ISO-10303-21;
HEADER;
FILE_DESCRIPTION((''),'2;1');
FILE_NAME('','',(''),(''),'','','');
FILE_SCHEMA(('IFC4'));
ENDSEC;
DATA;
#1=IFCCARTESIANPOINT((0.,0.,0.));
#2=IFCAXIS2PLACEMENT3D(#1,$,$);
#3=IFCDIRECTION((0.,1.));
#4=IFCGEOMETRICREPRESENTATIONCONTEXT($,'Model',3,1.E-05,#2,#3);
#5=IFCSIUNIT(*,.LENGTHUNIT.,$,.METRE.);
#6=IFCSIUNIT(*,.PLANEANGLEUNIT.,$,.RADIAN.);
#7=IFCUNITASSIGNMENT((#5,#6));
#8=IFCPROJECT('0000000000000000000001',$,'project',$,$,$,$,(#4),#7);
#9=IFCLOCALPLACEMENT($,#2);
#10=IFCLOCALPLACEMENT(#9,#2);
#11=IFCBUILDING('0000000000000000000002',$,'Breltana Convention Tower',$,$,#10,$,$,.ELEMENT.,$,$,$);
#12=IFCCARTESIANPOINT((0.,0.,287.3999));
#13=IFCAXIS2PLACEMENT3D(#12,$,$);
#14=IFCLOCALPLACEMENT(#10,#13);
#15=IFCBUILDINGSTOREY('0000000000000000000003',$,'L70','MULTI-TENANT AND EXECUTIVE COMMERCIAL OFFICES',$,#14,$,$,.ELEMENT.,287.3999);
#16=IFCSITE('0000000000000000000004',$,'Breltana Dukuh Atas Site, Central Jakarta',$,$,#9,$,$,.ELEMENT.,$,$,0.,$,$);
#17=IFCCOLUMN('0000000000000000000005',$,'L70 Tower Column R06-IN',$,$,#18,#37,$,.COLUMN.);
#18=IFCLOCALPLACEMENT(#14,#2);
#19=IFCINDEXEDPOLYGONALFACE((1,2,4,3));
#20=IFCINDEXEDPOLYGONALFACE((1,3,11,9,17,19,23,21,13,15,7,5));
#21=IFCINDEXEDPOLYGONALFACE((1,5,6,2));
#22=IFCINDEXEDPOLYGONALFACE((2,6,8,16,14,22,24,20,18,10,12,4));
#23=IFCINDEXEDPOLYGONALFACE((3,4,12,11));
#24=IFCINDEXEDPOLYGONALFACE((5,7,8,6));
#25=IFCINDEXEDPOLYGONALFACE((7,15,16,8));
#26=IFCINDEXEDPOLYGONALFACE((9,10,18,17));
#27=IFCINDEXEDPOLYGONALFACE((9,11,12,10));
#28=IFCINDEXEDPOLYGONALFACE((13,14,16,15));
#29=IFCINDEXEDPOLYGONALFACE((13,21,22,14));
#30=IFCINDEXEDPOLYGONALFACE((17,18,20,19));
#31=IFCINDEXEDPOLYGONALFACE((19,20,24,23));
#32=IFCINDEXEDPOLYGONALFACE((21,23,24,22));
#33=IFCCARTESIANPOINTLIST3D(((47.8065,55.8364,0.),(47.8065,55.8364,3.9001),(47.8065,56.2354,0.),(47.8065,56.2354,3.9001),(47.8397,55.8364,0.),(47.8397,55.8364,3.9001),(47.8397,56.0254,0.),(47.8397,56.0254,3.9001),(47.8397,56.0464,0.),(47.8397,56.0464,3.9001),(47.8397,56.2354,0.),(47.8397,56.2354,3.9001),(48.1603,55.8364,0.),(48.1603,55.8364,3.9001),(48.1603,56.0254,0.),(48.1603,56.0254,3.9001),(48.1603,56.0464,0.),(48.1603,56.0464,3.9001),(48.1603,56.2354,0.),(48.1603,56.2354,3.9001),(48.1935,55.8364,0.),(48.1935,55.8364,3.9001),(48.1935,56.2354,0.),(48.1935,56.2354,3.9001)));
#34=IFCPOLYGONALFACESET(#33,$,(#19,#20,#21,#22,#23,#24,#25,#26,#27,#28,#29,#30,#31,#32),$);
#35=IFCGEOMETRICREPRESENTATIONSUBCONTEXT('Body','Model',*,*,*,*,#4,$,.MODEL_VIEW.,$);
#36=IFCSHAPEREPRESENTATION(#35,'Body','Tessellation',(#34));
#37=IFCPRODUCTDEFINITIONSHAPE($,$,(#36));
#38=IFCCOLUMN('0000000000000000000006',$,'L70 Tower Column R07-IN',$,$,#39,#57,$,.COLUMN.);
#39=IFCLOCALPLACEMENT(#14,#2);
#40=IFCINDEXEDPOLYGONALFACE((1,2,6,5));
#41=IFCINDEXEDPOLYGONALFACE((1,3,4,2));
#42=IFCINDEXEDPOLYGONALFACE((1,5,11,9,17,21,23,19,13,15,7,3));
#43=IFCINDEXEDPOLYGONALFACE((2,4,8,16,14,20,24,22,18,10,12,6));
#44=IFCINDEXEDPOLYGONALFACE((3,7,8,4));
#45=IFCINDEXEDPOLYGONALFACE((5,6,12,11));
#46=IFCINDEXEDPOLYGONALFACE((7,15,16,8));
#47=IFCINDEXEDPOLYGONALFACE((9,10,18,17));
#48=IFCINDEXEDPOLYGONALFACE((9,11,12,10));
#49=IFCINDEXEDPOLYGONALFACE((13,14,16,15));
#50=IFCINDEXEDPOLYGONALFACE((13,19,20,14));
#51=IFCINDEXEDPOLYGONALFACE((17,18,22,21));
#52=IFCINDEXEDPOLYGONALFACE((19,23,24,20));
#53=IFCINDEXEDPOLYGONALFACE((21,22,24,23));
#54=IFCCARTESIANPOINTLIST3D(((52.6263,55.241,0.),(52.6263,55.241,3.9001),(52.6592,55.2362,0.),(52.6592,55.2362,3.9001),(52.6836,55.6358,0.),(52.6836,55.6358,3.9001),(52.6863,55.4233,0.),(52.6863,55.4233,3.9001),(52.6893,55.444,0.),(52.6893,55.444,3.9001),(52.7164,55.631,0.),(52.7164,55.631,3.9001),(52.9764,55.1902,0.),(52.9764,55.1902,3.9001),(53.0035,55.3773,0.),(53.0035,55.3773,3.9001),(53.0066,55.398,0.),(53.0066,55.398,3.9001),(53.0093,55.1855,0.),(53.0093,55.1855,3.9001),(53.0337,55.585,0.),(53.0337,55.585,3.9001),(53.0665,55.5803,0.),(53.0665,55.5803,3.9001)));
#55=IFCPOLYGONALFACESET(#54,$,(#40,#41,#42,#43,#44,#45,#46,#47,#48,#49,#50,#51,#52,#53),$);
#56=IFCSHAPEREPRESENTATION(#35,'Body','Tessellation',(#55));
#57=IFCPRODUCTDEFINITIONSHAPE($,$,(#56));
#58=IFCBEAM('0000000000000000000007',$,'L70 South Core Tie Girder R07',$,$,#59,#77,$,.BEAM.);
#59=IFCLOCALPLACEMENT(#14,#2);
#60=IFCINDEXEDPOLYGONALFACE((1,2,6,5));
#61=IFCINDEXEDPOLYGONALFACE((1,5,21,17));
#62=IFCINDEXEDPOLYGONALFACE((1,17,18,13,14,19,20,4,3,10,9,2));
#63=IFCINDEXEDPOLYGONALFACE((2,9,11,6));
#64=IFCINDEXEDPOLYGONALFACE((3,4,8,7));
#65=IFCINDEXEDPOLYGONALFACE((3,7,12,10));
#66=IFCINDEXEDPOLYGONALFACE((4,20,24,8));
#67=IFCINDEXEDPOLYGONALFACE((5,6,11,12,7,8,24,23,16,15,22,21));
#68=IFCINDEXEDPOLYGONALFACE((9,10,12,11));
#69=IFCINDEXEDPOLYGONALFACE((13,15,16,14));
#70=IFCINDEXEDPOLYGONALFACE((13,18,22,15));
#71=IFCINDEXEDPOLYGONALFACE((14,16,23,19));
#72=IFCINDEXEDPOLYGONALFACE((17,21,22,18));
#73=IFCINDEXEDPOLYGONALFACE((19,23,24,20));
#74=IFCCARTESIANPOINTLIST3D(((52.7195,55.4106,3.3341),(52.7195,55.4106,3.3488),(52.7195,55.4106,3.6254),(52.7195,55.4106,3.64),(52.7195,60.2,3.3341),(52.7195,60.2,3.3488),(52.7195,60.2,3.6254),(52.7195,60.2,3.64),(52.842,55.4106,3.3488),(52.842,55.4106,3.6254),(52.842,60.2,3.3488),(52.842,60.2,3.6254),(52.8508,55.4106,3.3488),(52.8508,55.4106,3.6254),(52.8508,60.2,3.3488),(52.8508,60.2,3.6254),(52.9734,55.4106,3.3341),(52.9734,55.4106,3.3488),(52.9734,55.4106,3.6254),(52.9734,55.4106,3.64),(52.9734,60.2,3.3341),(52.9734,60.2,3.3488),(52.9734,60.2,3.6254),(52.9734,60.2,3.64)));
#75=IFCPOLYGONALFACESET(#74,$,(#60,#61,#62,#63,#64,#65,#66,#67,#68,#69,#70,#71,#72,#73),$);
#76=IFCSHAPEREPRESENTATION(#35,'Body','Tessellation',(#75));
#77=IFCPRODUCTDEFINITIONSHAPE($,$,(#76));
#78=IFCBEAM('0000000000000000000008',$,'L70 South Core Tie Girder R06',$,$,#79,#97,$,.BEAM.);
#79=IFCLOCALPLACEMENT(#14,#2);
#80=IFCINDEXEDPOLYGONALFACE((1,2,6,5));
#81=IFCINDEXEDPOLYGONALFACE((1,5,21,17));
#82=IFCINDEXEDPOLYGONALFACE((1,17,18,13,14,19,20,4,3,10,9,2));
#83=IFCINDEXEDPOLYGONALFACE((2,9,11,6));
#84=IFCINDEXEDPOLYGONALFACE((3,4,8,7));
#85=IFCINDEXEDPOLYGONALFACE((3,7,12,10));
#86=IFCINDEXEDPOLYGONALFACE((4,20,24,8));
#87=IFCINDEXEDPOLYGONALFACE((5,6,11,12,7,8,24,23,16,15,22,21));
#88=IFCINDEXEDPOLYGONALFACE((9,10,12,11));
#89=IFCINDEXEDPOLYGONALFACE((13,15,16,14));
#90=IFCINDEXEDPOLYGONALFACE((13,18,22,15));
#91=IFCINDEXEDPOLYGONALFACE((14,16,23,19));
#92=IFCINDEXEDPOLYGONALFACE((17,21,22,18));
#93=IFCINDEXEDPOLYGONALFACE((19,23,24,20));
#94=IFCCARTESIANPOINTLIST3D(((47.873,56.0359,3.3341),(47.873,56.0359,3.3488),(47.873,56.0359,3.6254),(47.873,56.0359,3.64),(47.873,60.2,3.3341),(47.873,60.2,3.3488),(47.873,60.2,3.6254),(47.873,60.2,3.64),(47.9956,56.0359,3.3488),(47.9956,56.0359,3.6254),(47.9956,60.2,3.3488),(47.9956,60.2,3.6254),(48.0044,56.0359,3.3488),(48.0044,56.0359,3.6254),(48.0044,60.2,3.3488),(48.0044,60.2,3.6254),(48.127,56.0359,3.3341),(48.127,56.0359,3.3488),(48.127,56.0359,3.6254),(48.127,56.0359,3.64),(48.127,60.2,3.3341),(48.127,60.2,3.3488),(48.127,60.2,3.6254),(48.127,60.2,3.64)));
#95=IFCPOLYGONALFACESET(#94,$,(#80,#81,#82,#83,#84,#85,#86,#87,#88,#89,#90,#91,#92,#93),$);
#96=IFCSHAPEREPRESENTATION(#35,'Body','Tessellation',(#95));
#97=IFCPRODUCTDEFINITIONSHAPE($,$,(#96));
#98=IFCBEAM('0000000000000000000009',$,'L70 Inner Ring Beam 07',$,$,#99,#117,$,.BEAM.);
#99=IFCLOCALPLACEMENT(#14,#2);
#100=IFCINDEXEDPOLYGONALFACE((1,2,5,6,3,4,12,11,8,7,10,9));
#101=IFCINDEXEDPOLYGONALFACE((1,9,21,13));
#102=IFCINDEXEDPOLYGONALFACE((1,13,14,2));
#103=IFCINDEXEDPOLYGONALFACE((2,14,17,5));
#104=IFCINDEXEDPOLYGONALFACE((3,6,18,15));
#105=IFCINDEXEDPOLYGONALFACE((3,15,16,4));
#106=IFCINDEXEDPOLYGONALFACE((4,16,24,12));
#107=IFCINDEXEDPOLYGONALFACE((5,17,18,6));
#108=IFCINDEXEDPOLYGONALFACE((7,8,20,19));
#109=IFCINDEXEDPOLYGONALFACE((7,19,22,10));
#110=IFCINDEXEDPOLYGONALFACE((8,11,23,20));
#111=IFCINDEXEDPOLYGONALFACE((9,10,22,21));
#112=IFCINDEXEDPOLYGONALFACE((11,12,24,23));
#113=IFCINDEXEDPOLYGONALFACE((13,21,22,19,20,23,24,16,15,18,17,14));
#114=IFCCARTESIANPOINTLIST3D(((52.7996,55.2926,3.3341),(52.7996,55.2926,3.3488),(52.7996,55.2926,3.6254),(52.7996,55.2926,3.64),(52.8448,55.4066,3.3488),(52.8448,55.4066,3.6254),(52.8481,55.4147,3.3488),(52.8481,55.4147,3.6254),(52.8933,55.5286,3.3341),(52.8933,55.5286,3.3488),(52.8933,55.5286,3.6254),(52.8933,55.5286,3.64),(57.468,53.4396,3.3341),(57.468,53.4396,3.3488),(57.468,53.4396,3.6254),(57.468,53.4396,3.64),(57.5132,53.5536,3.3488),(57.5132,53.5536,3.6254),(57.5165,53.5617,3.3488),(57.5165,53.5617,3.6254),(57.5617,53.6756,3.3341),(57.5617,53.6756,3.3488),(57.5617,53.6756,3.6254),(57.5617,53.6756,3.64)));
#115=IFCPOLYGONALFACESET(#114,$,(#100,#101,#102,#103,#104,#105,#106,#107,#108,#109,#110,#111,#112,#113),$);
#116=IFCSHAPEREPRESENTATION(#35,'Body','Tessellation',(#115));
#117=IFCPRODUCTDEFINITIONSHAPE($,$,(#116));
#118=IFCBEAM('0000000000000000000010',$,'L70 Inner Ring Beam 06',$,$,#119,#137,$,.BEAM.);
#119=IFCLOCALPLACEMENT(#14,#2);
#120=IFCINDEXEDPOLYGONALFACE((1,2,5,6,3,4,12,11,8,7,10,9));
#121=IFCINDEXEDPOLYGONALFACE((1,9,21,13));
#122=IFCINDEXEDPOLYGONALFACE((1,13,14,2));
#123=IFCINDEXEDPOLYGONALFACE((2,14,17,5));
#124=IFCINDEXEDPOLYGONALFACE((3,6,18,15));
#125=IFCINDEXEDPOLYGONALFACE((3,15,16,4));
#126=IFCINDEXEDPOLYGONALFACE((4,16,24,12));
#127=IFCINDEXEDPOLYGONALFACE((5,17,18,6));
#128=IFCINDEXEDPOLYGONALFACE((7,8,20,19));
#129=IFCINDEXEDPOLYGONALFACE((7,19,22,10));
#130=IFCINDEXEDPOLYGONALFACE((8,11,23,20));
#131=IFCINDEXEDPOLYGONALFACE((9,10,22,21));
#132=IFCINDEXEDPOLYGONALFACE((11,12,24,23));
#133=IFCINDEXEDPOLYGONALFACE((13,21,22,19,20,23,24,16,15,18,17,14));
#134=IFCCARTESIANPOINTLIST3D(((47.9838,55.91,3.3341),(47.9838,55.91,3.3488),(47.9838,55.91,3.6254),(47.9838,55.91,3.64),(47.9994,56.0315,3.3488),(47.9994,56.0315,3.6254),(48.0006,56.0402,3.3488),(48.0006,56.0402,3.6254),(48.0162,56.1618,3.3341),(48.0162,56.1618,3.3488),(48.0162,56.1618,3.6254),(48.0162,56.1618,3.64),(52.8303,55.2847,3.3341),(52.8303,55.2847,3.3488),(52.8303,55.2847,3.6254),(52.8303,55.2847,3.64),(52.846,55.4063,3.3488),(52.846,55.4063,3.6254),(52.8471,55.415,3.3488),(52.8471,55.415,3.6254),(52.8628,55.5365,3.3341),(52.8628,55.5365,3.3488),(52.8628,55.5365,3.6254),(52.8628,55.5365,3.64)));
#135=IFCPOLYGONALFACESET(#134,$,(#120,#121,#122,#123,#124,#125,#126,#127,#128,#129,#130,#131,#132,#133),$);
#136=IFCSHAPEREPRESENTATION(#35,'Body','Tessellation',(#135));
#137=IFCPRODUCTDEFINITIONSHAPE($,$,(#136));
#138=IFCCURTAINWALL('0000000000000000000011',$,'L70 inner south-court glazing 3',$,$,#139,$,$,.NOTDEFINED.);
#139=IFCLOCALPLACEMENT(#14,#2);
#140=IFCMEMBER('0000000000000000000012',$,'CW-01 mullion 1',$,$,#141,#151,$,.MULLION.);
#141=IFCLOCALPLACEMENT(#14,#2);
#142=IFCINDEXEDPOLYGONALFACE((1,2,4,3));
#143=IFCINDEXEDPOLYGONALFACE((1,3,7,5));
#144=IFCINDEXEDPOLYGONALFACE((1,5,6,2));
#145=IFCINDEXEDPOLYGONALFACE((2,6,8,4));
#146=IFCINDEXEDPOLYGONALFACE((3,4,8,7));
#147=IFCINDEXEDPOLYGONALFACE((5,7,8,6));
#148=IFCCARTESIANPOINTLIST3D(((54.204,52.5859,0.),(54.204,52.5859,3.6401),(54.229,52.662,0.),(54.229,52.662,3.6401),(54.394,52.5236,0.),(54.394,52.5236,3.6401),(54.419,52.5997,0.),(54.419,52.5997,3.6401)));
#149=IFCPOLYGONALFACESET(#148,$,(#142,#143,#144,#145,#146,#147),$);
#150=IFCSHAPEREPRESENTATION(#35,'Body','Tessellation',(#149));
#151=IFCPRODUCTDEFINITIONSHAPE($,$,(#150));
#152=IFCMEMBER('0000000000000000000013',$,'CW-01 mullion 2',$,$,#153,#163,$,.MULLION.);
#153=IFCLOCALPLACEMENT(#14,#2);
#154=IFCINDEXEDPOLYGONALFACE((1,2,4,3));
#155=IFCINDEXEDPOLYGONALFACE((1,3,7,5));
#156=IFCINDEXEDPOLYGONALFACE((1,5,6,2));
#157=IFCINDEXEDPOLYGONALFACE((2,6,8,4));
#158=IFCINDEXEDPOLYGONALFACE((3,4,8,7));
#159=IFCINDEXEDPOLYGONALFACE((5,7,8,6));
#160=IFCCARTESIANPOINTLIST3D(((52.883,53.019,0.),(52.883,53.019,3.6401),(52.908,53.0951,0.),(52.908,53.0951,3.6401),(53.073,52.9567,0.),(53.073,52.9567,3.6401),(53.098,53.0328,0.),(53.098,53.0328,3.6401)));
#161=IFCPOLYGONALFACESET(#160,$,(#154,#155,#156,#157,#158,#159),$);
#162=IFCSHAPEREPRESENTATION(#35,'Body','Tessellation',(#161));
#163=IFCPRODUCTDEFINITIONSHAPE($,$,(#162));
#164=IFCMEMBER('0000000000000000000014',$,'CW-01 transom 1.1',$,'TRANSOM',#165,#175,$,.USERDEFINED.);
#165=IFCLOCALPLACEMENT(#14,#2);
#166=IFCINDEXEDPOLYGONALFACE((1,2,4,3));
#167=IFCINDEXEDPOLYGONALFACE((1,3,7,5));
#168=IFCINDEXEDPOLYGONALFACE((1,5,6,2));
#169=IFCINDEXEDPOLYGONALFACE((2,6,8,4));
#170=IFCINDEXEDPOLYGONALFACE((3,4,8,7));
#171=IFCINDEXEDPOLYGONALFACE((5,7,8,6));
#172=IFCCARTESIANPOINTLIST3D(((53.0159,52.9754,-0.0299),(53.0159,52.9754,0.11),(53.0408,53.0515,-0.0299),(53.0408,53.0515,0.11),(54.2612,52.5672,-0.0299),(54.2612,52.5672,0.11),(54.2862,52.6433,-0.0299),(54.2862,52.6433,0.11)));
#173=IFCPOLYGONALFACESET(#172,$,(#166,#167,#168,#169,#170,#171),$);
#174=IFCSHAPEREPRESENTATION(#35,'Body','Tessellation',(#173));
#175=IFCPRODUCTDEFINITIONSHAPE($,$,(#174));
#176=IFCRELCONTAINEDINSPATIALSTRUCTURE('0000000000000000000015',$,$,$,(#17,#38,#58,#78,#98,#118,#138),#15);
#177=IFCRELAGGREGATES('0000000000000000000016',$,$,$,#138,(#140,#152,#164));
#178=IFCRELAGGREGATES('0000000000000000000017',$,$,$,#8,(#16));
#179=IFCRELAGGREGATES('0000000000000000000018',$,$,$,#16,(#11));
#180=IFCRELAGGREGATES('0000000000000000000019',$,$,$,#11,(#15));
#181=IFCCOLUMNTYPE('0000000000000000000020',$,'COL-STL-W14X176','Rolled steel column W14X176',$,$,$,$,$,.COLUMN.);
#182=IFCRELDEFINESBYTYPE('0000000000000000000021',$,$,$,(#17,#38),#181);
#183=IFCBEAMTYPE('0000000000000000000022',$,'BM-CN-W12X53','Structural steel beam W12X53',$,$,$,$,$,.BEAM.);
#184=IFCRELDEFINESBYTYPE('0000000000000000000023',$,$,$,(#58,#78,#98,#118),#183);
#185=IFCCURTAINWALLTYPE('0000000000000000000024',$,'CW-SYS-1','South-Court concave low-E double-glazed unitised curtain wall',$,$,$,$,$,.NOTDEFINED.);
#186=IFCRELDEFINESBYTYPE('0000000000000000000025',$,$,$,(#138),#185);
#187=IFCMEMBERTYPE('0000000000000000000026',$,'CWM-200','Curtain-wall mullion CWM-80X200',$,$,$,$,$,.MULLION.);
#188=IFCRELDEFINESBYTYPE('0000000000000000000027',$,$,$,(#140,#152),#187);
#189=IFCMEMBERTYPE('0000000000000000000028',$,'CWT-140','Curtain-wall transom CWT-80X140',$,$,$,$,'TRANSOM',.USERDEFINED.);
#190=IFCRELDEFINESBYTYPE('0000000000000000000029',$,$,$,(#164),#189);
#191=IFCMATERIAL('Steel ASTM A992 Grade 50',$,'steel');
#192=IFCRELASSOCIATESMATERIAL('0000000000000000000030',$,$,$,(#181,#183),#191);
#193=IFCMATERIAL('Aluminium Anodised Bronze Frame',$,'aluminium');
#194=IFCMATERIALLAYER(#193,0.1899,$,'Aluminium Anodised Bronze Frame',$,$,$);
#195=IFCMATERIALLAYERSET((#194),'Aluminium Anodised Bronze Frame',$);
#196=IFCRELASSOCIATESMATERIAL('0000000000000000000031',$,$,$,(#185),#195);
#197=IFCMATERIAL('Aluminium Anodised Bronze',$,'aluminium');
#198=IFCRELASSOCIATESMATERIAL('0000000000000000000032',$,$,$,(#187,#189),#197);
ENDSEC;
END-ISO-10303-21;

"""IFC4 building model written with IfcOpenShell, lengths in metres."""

from ifc_helpers import new_model, si_unit, direction, frame, origin, origin_2d, place, context, subcontext, project, spatial, rectangle, i_section, extrude, source, transform, mapped, material, layer, layer_set, material_profile, profile_set, type_object, element, aggregate, save


model = new_model("IFC4")

# Units and contexts
model_context = context("Model", 3, precision=1e-05, world=origin(), true_north=direction((0.0, 1.0)))
body_context = subcontext(model_context, "Body", "Model", "MODEL_VIEW")
ifc_project = project(units=[si_unit("LENGTHUNIT", "METRE"), si_unit("PLANEANGLEUNIT", "RADIAN")], contexts=[model_context])

# Site, building, storey
site_placement = place(None, origin())
site = spatial("IfcSite", under=ifc_project, at=site_placement, Name="Breltana Dukuh Atas Site, Central Jakarta", CompositionType="ELEMENT", RefElevation=0.0)
building_placement = place(site_placement, origin())
building = spatial("IfcBuilding", under=site, at=building_placement, Name="Breltana Convention Tower", CompositionType="ELEMENT")
storey_placement = place(building_placement, frame((0.0, 0.0, 287.3999)))
storey = spatial("IfcBuildingStorey", under=building, at=storey_placement, Name="L70", Description="MULTI-TENANT AND EXECUTIVE COMMERCIAL OFFICES", CompositionType="ELEMENT", Elevation=287.3999)

# Columns
ifc_material_1 = material(Name="Steel ASTM A992 Grade 50", Category="steel")
ifc_material_profile_1 = material_profile(ifc_material_1, i_section(OverallWidth=0.3989, OverallDepth=0.387, WebThickness=0.021, FlangeThickness=0.0332, at=origin_2d()), Name="W14X176")
ifc_profile_set_1 = profile_set([ifc_material_profile_1], Name="Steel ASTM A992 Grade 50")
column_type = type_object("IfcColumnType", Name="COL-STL-W14X176", Description="Rolled steel column W14X176", PredefinedType="COLUMN", material=ifc_profile_set_1)
shared_shape_1 = source(origin(), body_context, "Body", "SweptSolid", [
    extrude(i_section(OverallWidth=0.3989, OverallDepth=0.387, WebThickness=0.021, FlangeThickness=0.0332, at=origin_2d()), origin(), (0.0, 0.0, 1.0), 3.9001),
])
for number, where, z_axis, x_axis, name in (
    (1, (48.0, 56.0359, 0.0), (0.0, 0.0, 1.0), (0.0, 1.0, 0.0), "L70 Tower Column R06-IN"),
    (2, (52.8464, 55.4106, 0.0), (0.0, 0.0, 1.0), (0.143493, 0.989651, 0.0), "L70 Tower Column R07-IN"),
):
    element("IfcColumn", number, at=place(storey_placement, frame(where, z_axis=z_axis, x_axis=x_axis)), inside=storey, type_object=column_type, Name=name, PredefinedType="COLUMN", context=body_context, shape_type="MappedRepresentation", body=[
        mapped(shared_shape_1, transform((0.0, 0.0, 0.0), scale=1.0)),
    ])

# Beams
ifc_material_profile_2 = material_profile(ifc_material_1, i_section(OverallWidth=0.2539, OverallDepth=0.3059, WebThickness=0.0088, FlangeThickness=0.0146, at=origin_2d()), Name="W12X53")
ifc_profile_set_2 = profile_set([ifc_material_profile_2], Name="Steel ASTM A992 Grade 50")
beam_type = type_object("IfcBeamType", Name="BM-CN-W12X53", Description="Structural steel beam W12X53", PredefinedType="BEAM", material=ifc_profile_set_2)
shared_shape_2 = source(origin(), body_context, "Body", "SweptSolid", [
    extrude(i_section(OverallWidth=0.2539, OverallDepth=0.3059, WebThickness=0.0088, FlangeThickness=0.0146, at=origin_2d()), origin(), (0.0, 0.0, 1.0), 4.7893),
])
beam_1_placement = place(storey_placement, frame((52.8464, 60.2, 3.4871), z_axis=(0.0, -1.0, 0.0), x_axis=(1.0, 0.0, 0.0)))
element("IfcBeam", 3, at=beam_1_placement, inside=storey, type_object=beam_type, Name="L70 South Core Tie Girder R07", PredefinedType="BEAM", context=body_context, shape_type="MappedRepresentation", body=[
    mapped(shared_shape_2, transform((0.0, 0.0, 0.0), scale=1.0)),
])
shared_shape_3 = source(origin(), body_context, "Body", "SweptSolid", [
    extrude(i_section(OverallWidth=0.2539, OverallDepth=0.3059, WebThickness=0.0088, FlangeThickness=0.0146, at=origin_2d()), origin(), (0.0, 0.0, 1.0), 4.1641),
])
beam_2_placement = place(storey_placement, frame((48.0, 60.2, 3.4871), z_axis=(0.0, -1.0, 0.0), x_axis=(1.0, 0.0, 0.0)))
element("IfcBeam", 4, at=beam_2_placement, inside=storey, type_object=beam_type, Name="L70 South Core Tie Girder R06", PredefinedType="BEAM", context=body_context, shape_type="MappedRepresentation", body=[
    mapped(shared_shape_3, transform((0.0, 0.0, 0.0), scale=1.0)),
])
shared_shape_4 = source(origin(), body_context, "Body", "SweptSolid", [
    extrude(i_section(OverallWidth=0.2539, OverallDepth=0.3059, WebThickness=0.0088, FlangeThickness=0.0146, at=origin_2d()), origin(), (0.0, 0.0, 1.0), 5.0227),
])
beam_3_placement = place(storey_placement, frame((52.8464, 55.4106, 3.4871), z_axis=(0.929459, -0.368926, 0.0), x_axis=(0.368926, 0.929459, 0.0)))
element("IfcBeam", 5, at=beam_3_placement, inside=storey, type_object=beam_type, Name="L70 Inner Ring Beam 07", PredefinedType="BEAM", context=body_context, shape_type="MappedRepresentation", body=[
    mapped(shared_shape_4, transform((0.0, 0.0, 0.0), scale=1.0)),
])
shared_shape_5 = source(origin(), body_context, "Body", "SweptSolid", [
    extrude(i_section(OverallWidth=0.2539, OverallDepth=0.3059, WebThickness=0.0088, FlangeThickness=0.0146, at=origin_2d()), origin(), (0.0, 0.0, 1.0), 4.8867),
])
beam_4_placement = place(storey_placement, frame((48.0, 56.0359, 3.4871), z_axis=(0.991781, -0.127951, 0.0), x_axis=(0.127951, 0.991781, 0.0)))
element("IfcBeam", 6, at=beam_4_placement, inside=storey, type_object=beam_type, Name="L70 Inner Ring Beam 06", PredefinedType="BEAM", context=body_context, shape_type="MappedRepresentation", body=[
    mapped(shared_shape_5, transform((0.0, 0.0, 0.0), scale=1.0)),
])

# Curtain wall, members
ifc_material_2 = material(Name="Aluminium Anodised Bronze Frame", Category="aluminium")
ifc_layer_1 = layer(ifc_material_2, 0.1899, Name="Aluminium Anodised Bronze Frame")
ifc_layer_set_1 = layer_set([ifc_layer_1], Name="Aluminium Anodised Bronze Frame")
curtain_wall_type = type_object("IfcCurtainWallType", Name="CW-SYS-1", Description="South-Court concave low-E double-glazed unitised curtain wall", PredefinedType="NOTDEFINED", material=ifc_layer_set_1)
curtain_wall_placement = place(storey_placement, origin())
curtain_wall = element("IfcCurtainWall", 7, at=curtain_wall_placement, inside=storey, type_object=curtain_wall_type, Name="L70 inner south-court glazing 3", PredefinedType="NOTDEFINED")
ifc_material_3 = material(Name="Aluminium Anodised Bronze", Category="aluminium")
ifc_material_profile_3 = material_profile(ifc_material_3, rectangle(XDim=0.0801, YDim=0.2, at=origin_2d()), Name="CWM-80X200")
ifc_profile_set_3 = profile_set([ifc_material_profile_3], Name="Aluminium Anodised Bronze")
member_type_1 = type_object("IfcMemberType", Name="CWM-200", Description="Curtain-wall mullion CWM-80X200", PredefinedType="MULLION", material=ifc_profile_set_3)
shared_shape_6 = source(origin(), body_context, "Body", "SweptSolid", [
    extrude(rectangle(XDim=0.0801, YDim=0.2, at=origin_2d()), origin(), (0.0, 0.0, 1.0), 3.6401),
])
member_1_placement = place(storey_placement, frame((54.3115, 52.5928, 0.0), z_axis=(0.0, 0.0, 1.0), x_axis=(-0.311552, -0.950229, 0.0)))
member_1 = element("IfcMember", 8, at=member_1_placement, type_object=member_type_1, Name="CW-01 mullion 1", PredefinedType="MULLION", context=body_context, shape_type="MappedRepresentation", body=[
    mapped(shared_shape_6, transform((0.0, 0.0, 0.0), scale=1.0)),
])
member_2_placement = place(storey_placement, frame((52.9905, 53.0259, 0.0), z_axis=(0.0, 0.0, 1.0), x_axis=(-0.311552, -0.950229, 0.0)))
member_2 = element("IfcMember", 9, at=member_2_placement, type_object=member_type_1, Name="CW-01 mullion 2", PredefinedType="MULLION", context=body_context, shape_type="MappedRepresentation", body=[
    mapped(shared_shape_6, transform((0.0, 0.0, 0.0), scale=1.0)),
])
ifc_material_profile_4 = material_profile(ifc_material_3, rectangle(XDim=0.0801, YDim=0.1399, at=origin_2d()), Name="CWT-80X140")
ifc_profile_set_4 = profile_set([ifc_material_profile_4], Name="Aluminium Anodised Bronze")
member_type_2 = type_object("IfcMemberType", Name="CWT-140", Description="Curtain-wall transom CWT-80X140", ElementType="TRANSOM", PredefinedType="USERDEFINED", material=ifc_profile_set_4)
shared_shape_7 = source(origin(), body_context, "Body", "SweptSolid", [
    extrude(rectangle(XDim=0.0801, YDim=0.1399, at=origin_2d()), origin(), (0.0, 0.0, 1.0), 1.3105),
])
member_3_placement = place(storey_placement, frame((54.2737, 52.6052, 0.04), z_axis=(-0.950255, 0.311473, 0.0), x_axis=(-0.311473, -0.950255, 0.0)))
member_3 = element("IfcMember", 10, at=member_3_placement, type_object=member_type_2, Name="CW-01 transom 1.1", ObjectType="TRANSOM", PredefinedType="USERDEFINED", context=body_context, shape_type="MappedRepresentation", body=[
    mapped(shared_shape_7, transform((0.0, 0.0, 0.0), scale=1.0)),
])
aggregate(curtain_wall, [member_1, member_2, member_3])

save(model, "model.ifc")
